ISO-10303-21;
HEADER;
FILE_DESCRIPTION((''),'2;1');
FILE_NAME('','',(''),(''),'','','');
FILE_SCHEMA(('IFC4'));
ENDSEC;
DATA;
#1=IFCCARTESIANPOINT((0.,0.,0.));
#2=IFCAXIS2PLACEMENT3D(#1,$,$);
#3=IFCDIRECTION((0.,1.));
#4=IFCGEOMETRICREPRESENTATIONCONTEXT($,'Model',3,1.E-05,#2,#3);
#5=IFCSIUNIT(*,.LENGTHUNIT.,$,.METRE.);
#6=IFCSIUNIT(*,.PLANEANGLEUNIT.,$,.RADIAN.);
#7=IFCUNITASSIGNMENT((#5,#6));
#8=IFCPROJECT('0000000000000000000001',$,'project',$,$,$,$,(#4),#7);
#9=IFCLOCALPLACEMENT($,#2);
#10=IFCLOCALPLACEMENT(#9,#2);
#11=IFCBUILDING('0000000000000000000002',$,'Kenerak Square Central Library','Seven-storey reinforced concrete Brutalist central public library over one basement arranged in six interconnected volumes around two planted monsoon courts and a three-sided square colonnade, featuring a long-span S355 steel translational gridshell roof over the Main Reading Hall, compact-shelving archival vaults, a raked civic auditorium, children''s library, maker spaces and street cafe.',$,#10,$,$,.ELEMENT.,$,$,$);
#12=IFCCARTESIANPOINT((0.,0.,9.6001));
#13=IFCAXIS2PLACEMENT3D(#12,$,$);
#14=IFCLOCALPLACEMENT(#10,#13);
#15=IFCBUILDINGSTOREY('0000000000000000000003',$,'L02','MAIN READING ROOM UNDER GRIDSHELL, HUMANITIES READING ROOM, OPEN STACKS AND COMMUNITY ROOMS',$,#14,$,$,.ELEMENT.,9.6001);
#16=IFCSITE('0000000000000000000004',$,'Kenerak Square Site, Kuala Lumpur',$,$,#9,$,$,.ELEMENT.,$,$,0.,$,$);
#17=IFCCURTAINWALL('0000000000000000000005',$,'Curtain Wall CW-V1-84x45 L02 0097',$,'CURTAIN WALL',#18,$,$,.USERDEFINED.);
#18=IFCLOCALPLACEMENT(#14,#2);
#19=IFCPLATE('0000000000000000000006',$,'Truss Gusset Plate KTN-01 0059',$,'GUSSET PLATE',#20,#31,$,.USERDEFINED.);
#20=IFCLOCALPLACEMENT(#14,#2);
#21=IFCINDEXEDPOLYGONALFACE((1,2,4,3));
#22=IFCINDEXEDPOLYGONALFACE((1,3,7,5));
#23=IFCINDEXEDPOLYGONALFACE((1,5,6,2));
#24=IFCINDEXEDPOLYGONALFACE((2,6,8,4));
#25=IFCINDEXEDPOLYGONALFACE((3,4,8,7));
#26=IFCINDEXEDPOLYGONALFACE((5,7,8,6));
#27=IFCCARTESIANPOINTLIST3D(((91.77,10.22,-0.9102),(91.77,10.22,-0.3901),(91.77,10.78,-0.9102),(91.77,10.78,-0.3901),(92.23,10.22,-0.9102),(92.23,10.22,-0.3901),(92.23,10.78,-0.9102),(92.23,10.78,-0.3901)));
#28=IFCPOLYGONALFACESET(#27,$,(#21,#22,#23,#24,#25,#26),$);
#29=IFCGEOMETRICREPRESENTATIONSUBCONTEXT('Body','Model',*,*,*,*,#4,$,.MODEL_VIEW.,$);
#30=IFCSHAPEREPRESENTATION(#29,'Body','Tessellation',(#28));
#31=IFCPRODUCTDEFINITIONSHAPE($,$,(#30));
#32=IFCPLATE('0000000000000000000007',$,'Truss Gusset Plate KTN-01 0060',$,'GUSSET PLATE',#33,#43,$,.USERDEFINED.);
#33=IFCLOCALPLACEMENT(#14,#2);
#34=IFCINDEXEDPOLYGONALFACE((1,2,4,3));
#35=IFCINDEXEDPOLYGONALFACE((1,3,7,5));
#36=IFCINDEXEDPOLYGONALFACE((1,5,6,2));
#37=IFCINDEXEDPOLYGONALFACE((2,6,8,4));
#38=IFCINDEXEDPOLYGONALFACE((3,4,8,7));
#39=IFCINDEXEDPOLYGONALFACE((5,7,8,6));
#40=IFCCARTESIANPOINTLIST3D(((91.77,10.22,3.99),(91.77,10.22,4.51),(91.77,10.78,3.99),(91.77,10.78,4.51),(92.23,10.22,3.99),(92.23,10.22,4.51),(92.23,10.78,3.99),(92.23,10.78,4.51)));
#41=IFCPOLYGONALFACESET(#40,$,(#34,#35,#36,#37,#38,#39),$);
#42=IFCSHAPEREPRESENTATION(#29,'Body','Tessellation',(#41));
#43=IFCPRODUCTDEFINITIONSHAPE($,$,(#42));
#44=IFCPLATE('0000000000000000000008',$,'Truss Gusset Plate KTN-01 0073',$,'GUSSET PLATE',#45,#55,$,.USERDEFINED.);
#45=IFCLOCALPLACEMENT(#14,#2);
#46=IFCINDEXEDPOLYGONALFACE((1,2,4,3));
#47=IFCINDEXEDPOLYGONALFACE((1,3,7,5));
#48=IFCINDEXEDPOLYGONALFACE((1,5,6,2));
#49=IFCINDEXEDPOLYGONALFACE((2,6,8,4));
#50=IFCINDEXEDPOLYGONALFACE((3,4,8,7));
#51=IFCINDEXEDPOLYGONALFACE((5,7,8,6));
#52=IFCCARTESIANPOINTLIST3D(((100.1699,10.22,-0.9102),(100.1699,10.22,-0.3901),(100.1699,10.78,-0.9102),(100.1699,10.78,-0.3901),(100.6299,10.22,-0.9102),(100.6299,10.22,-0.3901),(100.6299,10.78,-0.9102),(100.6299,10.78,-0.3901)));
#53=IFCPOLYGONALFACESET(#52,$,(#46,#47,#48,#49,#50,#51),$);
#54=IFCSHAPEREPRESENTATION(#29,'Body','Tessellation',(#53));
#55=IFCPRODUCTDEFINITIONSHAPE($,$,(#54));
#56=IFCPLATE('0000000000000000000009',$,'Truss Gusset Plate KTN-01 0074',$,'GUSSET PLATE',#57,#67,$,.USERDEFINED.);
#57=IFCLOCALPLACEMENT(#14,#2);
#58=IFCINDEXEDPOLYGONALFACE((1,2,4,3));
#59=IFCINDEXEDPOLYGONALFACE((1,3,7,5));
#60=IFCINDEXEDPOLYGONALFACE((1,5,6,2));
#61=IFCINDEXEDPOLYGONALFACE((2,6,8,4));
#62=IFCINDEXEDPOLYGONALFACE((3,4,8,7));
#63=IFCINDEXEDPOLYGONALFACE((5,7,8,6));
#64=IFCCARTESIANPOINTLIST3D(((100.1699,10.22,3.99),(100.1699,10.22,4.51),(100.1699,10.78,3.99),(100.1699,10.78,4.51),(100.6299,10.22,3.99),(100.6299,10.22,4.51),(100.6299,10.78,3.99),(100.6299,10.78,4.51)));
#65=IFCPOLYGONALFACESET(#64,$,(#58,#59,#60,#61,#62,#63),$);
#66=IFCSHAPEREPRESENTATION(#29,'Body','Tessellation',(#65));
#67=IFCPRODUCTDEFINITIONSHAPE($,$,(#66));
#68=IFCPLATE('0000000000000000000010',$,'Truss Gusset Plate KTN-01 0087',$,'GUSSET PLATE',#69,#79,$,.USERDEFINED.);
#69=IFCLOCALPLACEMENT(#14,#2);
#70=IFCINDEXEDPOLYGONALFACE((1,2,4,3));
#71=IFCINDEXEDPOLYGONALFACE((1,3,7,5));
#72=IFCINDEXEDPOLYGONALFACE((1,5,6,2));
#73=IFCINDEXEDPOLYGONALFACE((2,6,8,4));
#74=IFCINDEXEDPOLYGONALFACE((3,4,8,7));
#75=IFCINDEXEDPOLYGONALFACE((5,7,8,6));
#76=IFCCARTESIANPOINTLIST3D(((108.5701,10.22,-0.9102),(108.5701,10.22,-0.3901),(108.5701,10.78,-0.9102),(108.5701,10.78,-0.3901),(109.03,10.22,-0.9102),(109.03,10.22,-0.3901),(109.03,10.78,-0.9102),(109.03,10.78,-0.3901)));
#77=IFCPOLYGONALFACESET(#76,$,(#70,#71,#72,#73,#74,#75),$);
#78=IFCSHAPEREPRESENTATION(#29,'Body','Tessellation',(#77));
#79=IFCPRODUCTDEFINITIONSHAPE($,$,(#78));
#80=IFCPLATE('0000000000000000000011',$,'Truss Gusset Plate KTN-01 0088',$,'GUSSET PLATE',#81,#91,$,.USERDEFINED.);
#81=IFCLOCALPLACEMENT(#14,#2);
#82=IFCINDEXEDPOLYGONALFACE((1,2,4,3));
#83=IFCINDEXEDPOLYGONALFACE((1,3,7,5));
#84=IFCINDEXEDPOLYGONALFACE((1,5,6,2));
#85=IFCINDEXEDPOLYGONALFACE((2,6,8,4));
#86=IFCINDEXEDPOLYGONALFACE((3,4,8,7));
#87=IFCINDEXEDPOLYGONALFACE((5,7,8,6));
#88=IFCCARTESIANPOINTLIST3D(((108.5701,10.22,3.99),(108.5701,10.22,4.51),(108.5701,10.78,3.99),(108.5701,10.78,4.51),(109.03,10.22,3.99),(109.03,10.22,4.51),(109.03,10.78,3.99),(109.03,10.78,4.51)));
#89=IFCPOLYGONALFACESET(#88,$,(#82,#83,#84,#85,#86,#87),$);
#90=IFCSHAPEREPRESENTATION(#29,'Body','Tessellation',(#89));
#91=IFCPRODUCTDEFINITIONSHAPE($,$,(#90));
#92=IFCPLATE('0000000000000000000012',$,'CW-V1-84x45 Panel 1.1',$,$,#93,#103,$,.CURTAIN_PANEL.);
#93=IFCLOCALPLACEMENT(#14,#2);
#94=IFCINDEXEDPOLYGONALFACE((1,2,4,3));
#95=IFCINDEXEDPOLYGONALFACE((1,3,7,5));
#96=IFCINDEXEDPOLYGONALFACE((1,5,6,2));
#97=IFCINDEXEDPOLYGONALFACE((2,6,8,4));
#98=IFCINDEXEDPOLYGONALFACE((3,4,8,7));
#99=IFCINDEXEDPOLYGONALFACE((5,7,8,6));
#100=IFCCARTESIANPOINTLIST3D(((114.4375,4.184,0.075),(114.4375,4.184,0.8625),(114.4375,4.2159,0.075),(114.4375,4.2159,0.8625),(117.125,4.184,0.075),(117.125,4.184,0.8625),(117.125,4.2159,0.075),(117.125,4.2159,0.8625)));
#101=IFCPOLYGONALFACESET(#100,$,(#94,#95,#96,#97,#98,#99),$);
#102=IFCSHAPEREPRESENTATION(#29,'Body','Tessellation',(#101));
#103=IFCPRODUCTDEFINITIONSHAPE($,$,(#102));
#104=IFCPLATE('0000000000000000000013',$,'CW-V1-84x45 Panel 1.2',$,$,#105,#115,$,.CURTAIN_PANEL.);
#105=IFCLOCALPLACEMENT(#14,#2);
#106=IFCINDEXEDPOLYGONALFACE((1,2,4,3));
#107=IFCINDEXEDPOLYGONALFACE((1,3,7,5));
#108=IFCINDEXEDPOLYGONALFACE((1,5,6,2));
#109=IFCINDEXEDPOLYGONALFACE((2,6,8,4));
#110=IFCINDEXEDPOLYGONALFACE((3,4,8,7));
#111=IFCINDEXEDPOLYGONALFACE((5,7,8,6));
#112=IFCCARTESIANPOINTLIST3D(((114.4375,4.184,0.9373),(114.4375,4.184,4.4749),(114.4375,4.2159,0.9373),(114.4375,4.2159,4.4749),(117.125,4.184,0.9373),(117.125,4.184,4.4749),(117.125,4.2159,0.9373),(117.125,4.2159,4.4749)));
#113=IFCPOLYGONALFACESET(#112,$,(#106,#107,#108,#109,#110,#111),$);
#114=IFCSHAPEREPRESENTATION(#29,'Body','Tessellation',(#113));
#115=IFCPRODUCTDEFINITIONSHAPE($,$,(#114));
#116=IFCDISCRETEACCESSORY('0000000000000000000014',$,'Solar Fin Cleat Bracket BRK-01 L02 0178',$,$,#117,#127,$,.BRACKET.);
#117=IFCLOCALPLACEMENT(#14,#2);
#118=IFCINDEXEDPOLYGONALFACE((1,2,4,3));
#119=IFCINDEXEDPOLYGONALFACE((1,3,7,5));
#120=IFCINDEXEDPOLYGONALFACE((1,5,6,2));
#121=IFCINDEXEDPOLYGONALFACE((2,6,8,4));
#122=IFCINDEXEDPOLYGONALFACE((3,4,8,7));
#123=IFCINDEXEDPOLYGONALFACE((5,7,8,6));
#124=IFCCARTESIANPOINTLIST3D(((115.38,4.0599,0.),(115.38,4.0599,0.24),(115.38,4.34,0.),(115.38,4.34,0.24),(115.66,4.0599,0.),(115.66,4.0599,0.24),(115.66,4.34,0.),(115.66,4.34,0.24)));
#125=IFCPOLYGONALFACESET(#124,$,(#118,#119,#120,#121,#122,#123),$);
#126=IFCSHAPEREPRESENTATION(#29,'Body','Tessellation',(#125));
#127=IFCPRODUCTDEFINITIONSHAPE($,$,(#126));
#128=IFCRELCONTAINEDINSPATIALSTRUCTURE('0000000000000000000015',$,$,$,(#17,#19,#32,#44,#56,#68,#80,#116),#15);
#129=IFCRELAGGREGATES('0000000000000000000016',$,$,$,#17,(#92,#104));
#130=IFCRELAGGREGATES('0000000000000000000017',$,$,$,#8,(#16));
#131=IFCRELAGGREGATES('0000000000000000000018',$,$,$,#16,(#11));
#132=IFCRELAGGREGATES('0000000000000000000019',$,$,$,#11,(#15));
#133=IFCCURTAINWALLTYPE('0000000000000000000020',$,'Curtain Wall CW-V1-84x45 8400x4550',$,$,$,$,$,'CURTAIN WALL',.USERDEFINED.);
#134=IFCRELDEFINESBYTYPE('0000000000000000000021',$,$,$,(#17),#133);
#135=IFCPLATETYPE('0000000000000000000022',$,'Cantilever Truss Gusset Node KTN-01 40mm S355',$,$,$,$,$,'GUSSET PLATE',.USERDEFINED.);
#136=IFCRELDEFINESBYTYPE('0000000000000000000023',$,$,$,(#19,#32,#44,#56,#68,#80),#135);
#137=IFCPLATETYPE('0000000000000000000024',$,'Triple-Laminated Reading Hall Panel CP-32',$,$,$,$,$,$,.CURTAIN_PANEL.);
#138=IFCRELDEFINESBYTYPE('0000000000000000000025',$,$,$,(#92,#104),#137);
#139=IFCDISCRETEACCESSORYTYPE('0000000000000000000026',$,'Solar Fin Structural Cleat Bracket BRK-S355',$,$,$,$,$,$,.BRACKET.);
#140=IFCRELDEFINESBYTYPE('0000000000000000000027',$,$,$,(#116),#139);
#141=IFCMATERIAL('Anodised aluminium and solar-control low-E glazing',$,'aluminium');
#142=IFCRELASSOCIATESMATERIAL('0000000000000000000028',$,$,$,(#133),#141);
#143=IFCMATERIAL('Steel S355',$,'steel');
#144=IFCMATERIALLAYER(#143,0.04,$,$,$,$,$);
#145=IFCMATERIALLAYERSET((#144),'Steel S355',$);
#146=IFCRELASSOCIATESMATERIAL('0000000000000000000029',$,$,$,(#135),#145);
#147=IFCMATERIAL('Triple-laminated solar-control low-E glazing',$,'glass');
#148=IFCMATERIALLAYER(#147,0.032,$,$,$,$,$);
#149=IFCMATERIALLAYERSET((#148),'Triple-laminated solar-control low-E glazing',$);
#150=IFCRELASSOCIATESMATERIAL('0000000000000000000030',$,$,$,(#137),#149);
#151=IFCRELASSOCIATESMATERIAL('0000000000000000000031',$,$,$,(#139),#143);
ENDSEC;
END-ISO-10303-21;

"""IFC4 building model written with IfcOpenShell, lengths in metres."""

from ifc_helpers import new_model, si_unit, direction, frame, origin, origin_2d, place, context, subcontext, project, spatial, rectangle, extrude, material, layer, layer_set, type_object, element, aggregate, save


model = new_model("IFC4")

# Units and contexts
model_context = context("Model", 3, precision=1e-05, world=origin(), true_north=direction((0.0, 1.0)))
body_context = subcontext(model_context, "Body", "Model", "MODEL_VIEW")
ifc_project = project(units=[si_unit("LENGTHUNIT", "METRE"), si_unit("PLANEANGLEUNIT", "RADIAN")], contexts=[model_context])

# Site, building, storey
site_placement = place(None, origin())
site = spatial("IfcSite", under=ifc_project, at=site_placement, Name="Kenerak Square Site, Kuala Lumpur", CompositionType="ELEMENT", RefElevation=0.0)
building_placement = place(site_placement, origin())
building = spatial("IfcBuilding", under=site, at=building_placement, Name="Kenerak Square Central Library", Description="Seven-storey reinforced concrete Brutalist central public library over one basement arranged in six interconnected volumes around two planted monsoon courts and a three-sided square colonnade, featuring a long-span S355 steel translational gridshell roof over the Main Reading Hall, compact-shelving archival vaults, a raked civic auditorium, children's library, maker spaces and street cafe.", CompositionType="ELEMENT")
storey_placement = place(building_placement, frame((0.0, 0.0, 9.6001)))
storey = spatial("IfcBuildingStorey", under=building, at=storey_placement, Name="L02", Description="MAIN READING ROOM UNDER GRIDSHELL, HUMANITIES READING ROOM, OPEN STACKS AND COMMUNITY ROOMS", CompositionType="ELEMENT", Elevation=9.6001)

# Curtain wall
ifc_material_1 = material(Name="Anodised aluminium and solar-control low-E glazing", Category="aluminium")
curtain_wall_type = type_object("IfcCurtainWallType", Name="Curtain Wall CW-V1-84x45 8400x4550", ElementType="CURTAIN WALL", PredefinedType="USERDEFINED", material=ifc_material_1)
curtain_wall_placement = place(storey_placement, origin())
curtain_wall = element("IfcCurtainWall", 1, at=curtain_wall_placement, inside=storey, type_object=curtain_wall_type, Name="Curtain Wall CW-V1-84x45 L02 0097", ObjectType="CURTAIN WALL", PredefinedType="USERDEFINED")

# Shared definitions
ifc_material_2 = material(Name="Steel S355", Category="steel")

# Plates
ifc_layer_1 = layer(ifc_material_2, 0.04)
ifc_layer_set_1 = layer_set([ifc_layer_1], Name="Steel S355")
plate_type_1 = type_object("IfcPlateType", Name="Cantilever Truss Gusset Node KTN-01 40mm S355", ElementType="GUSSET PLATE", PredefinedType="USERDEFINED", material=ifc_layer_set_1)
for number, where, z_axis, x_axis, name in (
    (2, (92.0, 10.5, -0.9102), (0.0, 0.0, 1.0), (1.0, 0.0, 0.0), "Truss Gusset Plate KTN-01 0059"),
    (3, (92.0, 10.5, 3.99), (0.0, 0.0, 1.0), (1.0, 0.0, 0.0), "Truss Gusset Plate KTN-01 0060"),
    (4, (100.3999, 10.5, -0.9102), (0.0, 0.0, 1.0), (1.0, 0.0, 0.0), "Truss Gusset Plate KTN-01 0073"),
    (5, (100.3999, 10.5, 3.99), (0.0, 0.0, 1.0), (1.0, 0.0, 0.0), "Truss Gusset Plate KTN-01 0074"),
    (6, (108.8, 10.5, -0.9102), (0.0, 0.0, 1.0), (1.0, 0.0, 0.0), "Truss Gusset Plate KTN-01 0087"),
    (7, (108.8, 10.5, 3.99), (0.0, 0.0, 1.0), (1.0, 0.0, 0.0), "Truss Gusset Plate KTN-01 0088"),
):
    element("IfcPlate", number, at=place(storey_placement, frame(where, z_axis=z_axis, x_axis=x_axis)), inside=storey, type_object=plate_type_1, Name=name, ObjectType="GUSSET PLATE", PredefinedType="USERDEFINED", context=body_context, shape_type="SweptSolid", body=[
        extrude(rectangle(XDim=0.46, YDim=0.5601, at=origin_2d()), origin(), (0.0, 0.0, 1.0), 0.52),
    ])

# Plates
ifc_material_3 = material(Name="Triple-laminated solar-control low-E glazing", Category="glass")
ifc_layer_2 = layer(ifc_material_3, 0.032)
ifc_layer_set_2 = layer_set([ifc_layer_2], Name="Triple-laminated solar-control low-E glazing")
plate_type_2 = type_object("IfcPlateType", Name="Triple-Laminated Reading Hall Panel CP-32", PredefinedType="CURTAIN_PANEL", material=ifc_layer_set_2)
plate_1_placement = place(storey_placement, frame((115.7812, 4.2, 0.075), z_axis=(0.0, 0.0, 1.0), x_axis=(-1.0, 0.0, 0.0)))
plate_1 = element("IfcPlate", 8, at=plate_1_placement, type_object=plate_type_2, Name="CW-V1-84x45 Panel 1.1", PredefinedType="CURTAIN_PANEL", context=body_context, shape_type="SweptSolid", body=[
    extrude(rectangle(XDim=2.6875, YDim=0.032, at=origin_2d()), origin(), (0.0, 0.0, 1.0), 0.7876),
])
plate_2_placement = place(storey_placement, frame((115.7812, 4.2, 0.9373), z_axis=(0.0, 0.0, 1.0), x_axis=(-1.0, 0.0, 0.0)))
plate_2 = element("IfcPlate", 9, at=plate_2_placement, type_object=plate_type_2, Name="CW-V1-84x45 Panel 1.2", PredefinedType="CURTAIN_PANEL", context=body_context, shape_type="SweptSolid", body=[
    extrude(rectangle(XDim=2.6875, YDim=0.032, at=origin_2d()), origin(), (0.0, 0.0, 1.0), 3.5376),
])
aggregate(curtain_wall, [plate_1, plate_2])

# Discrete accessory
discrete_accessory_type = type_object("IfcDiscreteAccessoryType", Name="Solar Fin Structural Cleat Bracket BRK-S355", PredefinedType="BRACKET", material=ifc_material_2)
discrete_accessory_placement = place(storey_placement, frame((115.52, 4.2, 0.0), z_axis=(0.0, 0.0, 1.0), x_axis=(-1.0, 0.0, 0.0)))
element("IfcDiscreteAccessory", 10, at=discrete_accessory_placement, inside=storey, type_object=discrete_accessory_type, Name="Solar Fin Cleat Bracket BRK-01 L02 0178", PredefinedType="BRACKET", context=body_context, shape_type="SweptSolid", body=[
    extrude(rectangle(XDim=0.28, YDim=0.28, at=origin_2d()), origin(), (0.0, 0.0, 1.0), 0.24),
])

save(model, "model.ifc")
